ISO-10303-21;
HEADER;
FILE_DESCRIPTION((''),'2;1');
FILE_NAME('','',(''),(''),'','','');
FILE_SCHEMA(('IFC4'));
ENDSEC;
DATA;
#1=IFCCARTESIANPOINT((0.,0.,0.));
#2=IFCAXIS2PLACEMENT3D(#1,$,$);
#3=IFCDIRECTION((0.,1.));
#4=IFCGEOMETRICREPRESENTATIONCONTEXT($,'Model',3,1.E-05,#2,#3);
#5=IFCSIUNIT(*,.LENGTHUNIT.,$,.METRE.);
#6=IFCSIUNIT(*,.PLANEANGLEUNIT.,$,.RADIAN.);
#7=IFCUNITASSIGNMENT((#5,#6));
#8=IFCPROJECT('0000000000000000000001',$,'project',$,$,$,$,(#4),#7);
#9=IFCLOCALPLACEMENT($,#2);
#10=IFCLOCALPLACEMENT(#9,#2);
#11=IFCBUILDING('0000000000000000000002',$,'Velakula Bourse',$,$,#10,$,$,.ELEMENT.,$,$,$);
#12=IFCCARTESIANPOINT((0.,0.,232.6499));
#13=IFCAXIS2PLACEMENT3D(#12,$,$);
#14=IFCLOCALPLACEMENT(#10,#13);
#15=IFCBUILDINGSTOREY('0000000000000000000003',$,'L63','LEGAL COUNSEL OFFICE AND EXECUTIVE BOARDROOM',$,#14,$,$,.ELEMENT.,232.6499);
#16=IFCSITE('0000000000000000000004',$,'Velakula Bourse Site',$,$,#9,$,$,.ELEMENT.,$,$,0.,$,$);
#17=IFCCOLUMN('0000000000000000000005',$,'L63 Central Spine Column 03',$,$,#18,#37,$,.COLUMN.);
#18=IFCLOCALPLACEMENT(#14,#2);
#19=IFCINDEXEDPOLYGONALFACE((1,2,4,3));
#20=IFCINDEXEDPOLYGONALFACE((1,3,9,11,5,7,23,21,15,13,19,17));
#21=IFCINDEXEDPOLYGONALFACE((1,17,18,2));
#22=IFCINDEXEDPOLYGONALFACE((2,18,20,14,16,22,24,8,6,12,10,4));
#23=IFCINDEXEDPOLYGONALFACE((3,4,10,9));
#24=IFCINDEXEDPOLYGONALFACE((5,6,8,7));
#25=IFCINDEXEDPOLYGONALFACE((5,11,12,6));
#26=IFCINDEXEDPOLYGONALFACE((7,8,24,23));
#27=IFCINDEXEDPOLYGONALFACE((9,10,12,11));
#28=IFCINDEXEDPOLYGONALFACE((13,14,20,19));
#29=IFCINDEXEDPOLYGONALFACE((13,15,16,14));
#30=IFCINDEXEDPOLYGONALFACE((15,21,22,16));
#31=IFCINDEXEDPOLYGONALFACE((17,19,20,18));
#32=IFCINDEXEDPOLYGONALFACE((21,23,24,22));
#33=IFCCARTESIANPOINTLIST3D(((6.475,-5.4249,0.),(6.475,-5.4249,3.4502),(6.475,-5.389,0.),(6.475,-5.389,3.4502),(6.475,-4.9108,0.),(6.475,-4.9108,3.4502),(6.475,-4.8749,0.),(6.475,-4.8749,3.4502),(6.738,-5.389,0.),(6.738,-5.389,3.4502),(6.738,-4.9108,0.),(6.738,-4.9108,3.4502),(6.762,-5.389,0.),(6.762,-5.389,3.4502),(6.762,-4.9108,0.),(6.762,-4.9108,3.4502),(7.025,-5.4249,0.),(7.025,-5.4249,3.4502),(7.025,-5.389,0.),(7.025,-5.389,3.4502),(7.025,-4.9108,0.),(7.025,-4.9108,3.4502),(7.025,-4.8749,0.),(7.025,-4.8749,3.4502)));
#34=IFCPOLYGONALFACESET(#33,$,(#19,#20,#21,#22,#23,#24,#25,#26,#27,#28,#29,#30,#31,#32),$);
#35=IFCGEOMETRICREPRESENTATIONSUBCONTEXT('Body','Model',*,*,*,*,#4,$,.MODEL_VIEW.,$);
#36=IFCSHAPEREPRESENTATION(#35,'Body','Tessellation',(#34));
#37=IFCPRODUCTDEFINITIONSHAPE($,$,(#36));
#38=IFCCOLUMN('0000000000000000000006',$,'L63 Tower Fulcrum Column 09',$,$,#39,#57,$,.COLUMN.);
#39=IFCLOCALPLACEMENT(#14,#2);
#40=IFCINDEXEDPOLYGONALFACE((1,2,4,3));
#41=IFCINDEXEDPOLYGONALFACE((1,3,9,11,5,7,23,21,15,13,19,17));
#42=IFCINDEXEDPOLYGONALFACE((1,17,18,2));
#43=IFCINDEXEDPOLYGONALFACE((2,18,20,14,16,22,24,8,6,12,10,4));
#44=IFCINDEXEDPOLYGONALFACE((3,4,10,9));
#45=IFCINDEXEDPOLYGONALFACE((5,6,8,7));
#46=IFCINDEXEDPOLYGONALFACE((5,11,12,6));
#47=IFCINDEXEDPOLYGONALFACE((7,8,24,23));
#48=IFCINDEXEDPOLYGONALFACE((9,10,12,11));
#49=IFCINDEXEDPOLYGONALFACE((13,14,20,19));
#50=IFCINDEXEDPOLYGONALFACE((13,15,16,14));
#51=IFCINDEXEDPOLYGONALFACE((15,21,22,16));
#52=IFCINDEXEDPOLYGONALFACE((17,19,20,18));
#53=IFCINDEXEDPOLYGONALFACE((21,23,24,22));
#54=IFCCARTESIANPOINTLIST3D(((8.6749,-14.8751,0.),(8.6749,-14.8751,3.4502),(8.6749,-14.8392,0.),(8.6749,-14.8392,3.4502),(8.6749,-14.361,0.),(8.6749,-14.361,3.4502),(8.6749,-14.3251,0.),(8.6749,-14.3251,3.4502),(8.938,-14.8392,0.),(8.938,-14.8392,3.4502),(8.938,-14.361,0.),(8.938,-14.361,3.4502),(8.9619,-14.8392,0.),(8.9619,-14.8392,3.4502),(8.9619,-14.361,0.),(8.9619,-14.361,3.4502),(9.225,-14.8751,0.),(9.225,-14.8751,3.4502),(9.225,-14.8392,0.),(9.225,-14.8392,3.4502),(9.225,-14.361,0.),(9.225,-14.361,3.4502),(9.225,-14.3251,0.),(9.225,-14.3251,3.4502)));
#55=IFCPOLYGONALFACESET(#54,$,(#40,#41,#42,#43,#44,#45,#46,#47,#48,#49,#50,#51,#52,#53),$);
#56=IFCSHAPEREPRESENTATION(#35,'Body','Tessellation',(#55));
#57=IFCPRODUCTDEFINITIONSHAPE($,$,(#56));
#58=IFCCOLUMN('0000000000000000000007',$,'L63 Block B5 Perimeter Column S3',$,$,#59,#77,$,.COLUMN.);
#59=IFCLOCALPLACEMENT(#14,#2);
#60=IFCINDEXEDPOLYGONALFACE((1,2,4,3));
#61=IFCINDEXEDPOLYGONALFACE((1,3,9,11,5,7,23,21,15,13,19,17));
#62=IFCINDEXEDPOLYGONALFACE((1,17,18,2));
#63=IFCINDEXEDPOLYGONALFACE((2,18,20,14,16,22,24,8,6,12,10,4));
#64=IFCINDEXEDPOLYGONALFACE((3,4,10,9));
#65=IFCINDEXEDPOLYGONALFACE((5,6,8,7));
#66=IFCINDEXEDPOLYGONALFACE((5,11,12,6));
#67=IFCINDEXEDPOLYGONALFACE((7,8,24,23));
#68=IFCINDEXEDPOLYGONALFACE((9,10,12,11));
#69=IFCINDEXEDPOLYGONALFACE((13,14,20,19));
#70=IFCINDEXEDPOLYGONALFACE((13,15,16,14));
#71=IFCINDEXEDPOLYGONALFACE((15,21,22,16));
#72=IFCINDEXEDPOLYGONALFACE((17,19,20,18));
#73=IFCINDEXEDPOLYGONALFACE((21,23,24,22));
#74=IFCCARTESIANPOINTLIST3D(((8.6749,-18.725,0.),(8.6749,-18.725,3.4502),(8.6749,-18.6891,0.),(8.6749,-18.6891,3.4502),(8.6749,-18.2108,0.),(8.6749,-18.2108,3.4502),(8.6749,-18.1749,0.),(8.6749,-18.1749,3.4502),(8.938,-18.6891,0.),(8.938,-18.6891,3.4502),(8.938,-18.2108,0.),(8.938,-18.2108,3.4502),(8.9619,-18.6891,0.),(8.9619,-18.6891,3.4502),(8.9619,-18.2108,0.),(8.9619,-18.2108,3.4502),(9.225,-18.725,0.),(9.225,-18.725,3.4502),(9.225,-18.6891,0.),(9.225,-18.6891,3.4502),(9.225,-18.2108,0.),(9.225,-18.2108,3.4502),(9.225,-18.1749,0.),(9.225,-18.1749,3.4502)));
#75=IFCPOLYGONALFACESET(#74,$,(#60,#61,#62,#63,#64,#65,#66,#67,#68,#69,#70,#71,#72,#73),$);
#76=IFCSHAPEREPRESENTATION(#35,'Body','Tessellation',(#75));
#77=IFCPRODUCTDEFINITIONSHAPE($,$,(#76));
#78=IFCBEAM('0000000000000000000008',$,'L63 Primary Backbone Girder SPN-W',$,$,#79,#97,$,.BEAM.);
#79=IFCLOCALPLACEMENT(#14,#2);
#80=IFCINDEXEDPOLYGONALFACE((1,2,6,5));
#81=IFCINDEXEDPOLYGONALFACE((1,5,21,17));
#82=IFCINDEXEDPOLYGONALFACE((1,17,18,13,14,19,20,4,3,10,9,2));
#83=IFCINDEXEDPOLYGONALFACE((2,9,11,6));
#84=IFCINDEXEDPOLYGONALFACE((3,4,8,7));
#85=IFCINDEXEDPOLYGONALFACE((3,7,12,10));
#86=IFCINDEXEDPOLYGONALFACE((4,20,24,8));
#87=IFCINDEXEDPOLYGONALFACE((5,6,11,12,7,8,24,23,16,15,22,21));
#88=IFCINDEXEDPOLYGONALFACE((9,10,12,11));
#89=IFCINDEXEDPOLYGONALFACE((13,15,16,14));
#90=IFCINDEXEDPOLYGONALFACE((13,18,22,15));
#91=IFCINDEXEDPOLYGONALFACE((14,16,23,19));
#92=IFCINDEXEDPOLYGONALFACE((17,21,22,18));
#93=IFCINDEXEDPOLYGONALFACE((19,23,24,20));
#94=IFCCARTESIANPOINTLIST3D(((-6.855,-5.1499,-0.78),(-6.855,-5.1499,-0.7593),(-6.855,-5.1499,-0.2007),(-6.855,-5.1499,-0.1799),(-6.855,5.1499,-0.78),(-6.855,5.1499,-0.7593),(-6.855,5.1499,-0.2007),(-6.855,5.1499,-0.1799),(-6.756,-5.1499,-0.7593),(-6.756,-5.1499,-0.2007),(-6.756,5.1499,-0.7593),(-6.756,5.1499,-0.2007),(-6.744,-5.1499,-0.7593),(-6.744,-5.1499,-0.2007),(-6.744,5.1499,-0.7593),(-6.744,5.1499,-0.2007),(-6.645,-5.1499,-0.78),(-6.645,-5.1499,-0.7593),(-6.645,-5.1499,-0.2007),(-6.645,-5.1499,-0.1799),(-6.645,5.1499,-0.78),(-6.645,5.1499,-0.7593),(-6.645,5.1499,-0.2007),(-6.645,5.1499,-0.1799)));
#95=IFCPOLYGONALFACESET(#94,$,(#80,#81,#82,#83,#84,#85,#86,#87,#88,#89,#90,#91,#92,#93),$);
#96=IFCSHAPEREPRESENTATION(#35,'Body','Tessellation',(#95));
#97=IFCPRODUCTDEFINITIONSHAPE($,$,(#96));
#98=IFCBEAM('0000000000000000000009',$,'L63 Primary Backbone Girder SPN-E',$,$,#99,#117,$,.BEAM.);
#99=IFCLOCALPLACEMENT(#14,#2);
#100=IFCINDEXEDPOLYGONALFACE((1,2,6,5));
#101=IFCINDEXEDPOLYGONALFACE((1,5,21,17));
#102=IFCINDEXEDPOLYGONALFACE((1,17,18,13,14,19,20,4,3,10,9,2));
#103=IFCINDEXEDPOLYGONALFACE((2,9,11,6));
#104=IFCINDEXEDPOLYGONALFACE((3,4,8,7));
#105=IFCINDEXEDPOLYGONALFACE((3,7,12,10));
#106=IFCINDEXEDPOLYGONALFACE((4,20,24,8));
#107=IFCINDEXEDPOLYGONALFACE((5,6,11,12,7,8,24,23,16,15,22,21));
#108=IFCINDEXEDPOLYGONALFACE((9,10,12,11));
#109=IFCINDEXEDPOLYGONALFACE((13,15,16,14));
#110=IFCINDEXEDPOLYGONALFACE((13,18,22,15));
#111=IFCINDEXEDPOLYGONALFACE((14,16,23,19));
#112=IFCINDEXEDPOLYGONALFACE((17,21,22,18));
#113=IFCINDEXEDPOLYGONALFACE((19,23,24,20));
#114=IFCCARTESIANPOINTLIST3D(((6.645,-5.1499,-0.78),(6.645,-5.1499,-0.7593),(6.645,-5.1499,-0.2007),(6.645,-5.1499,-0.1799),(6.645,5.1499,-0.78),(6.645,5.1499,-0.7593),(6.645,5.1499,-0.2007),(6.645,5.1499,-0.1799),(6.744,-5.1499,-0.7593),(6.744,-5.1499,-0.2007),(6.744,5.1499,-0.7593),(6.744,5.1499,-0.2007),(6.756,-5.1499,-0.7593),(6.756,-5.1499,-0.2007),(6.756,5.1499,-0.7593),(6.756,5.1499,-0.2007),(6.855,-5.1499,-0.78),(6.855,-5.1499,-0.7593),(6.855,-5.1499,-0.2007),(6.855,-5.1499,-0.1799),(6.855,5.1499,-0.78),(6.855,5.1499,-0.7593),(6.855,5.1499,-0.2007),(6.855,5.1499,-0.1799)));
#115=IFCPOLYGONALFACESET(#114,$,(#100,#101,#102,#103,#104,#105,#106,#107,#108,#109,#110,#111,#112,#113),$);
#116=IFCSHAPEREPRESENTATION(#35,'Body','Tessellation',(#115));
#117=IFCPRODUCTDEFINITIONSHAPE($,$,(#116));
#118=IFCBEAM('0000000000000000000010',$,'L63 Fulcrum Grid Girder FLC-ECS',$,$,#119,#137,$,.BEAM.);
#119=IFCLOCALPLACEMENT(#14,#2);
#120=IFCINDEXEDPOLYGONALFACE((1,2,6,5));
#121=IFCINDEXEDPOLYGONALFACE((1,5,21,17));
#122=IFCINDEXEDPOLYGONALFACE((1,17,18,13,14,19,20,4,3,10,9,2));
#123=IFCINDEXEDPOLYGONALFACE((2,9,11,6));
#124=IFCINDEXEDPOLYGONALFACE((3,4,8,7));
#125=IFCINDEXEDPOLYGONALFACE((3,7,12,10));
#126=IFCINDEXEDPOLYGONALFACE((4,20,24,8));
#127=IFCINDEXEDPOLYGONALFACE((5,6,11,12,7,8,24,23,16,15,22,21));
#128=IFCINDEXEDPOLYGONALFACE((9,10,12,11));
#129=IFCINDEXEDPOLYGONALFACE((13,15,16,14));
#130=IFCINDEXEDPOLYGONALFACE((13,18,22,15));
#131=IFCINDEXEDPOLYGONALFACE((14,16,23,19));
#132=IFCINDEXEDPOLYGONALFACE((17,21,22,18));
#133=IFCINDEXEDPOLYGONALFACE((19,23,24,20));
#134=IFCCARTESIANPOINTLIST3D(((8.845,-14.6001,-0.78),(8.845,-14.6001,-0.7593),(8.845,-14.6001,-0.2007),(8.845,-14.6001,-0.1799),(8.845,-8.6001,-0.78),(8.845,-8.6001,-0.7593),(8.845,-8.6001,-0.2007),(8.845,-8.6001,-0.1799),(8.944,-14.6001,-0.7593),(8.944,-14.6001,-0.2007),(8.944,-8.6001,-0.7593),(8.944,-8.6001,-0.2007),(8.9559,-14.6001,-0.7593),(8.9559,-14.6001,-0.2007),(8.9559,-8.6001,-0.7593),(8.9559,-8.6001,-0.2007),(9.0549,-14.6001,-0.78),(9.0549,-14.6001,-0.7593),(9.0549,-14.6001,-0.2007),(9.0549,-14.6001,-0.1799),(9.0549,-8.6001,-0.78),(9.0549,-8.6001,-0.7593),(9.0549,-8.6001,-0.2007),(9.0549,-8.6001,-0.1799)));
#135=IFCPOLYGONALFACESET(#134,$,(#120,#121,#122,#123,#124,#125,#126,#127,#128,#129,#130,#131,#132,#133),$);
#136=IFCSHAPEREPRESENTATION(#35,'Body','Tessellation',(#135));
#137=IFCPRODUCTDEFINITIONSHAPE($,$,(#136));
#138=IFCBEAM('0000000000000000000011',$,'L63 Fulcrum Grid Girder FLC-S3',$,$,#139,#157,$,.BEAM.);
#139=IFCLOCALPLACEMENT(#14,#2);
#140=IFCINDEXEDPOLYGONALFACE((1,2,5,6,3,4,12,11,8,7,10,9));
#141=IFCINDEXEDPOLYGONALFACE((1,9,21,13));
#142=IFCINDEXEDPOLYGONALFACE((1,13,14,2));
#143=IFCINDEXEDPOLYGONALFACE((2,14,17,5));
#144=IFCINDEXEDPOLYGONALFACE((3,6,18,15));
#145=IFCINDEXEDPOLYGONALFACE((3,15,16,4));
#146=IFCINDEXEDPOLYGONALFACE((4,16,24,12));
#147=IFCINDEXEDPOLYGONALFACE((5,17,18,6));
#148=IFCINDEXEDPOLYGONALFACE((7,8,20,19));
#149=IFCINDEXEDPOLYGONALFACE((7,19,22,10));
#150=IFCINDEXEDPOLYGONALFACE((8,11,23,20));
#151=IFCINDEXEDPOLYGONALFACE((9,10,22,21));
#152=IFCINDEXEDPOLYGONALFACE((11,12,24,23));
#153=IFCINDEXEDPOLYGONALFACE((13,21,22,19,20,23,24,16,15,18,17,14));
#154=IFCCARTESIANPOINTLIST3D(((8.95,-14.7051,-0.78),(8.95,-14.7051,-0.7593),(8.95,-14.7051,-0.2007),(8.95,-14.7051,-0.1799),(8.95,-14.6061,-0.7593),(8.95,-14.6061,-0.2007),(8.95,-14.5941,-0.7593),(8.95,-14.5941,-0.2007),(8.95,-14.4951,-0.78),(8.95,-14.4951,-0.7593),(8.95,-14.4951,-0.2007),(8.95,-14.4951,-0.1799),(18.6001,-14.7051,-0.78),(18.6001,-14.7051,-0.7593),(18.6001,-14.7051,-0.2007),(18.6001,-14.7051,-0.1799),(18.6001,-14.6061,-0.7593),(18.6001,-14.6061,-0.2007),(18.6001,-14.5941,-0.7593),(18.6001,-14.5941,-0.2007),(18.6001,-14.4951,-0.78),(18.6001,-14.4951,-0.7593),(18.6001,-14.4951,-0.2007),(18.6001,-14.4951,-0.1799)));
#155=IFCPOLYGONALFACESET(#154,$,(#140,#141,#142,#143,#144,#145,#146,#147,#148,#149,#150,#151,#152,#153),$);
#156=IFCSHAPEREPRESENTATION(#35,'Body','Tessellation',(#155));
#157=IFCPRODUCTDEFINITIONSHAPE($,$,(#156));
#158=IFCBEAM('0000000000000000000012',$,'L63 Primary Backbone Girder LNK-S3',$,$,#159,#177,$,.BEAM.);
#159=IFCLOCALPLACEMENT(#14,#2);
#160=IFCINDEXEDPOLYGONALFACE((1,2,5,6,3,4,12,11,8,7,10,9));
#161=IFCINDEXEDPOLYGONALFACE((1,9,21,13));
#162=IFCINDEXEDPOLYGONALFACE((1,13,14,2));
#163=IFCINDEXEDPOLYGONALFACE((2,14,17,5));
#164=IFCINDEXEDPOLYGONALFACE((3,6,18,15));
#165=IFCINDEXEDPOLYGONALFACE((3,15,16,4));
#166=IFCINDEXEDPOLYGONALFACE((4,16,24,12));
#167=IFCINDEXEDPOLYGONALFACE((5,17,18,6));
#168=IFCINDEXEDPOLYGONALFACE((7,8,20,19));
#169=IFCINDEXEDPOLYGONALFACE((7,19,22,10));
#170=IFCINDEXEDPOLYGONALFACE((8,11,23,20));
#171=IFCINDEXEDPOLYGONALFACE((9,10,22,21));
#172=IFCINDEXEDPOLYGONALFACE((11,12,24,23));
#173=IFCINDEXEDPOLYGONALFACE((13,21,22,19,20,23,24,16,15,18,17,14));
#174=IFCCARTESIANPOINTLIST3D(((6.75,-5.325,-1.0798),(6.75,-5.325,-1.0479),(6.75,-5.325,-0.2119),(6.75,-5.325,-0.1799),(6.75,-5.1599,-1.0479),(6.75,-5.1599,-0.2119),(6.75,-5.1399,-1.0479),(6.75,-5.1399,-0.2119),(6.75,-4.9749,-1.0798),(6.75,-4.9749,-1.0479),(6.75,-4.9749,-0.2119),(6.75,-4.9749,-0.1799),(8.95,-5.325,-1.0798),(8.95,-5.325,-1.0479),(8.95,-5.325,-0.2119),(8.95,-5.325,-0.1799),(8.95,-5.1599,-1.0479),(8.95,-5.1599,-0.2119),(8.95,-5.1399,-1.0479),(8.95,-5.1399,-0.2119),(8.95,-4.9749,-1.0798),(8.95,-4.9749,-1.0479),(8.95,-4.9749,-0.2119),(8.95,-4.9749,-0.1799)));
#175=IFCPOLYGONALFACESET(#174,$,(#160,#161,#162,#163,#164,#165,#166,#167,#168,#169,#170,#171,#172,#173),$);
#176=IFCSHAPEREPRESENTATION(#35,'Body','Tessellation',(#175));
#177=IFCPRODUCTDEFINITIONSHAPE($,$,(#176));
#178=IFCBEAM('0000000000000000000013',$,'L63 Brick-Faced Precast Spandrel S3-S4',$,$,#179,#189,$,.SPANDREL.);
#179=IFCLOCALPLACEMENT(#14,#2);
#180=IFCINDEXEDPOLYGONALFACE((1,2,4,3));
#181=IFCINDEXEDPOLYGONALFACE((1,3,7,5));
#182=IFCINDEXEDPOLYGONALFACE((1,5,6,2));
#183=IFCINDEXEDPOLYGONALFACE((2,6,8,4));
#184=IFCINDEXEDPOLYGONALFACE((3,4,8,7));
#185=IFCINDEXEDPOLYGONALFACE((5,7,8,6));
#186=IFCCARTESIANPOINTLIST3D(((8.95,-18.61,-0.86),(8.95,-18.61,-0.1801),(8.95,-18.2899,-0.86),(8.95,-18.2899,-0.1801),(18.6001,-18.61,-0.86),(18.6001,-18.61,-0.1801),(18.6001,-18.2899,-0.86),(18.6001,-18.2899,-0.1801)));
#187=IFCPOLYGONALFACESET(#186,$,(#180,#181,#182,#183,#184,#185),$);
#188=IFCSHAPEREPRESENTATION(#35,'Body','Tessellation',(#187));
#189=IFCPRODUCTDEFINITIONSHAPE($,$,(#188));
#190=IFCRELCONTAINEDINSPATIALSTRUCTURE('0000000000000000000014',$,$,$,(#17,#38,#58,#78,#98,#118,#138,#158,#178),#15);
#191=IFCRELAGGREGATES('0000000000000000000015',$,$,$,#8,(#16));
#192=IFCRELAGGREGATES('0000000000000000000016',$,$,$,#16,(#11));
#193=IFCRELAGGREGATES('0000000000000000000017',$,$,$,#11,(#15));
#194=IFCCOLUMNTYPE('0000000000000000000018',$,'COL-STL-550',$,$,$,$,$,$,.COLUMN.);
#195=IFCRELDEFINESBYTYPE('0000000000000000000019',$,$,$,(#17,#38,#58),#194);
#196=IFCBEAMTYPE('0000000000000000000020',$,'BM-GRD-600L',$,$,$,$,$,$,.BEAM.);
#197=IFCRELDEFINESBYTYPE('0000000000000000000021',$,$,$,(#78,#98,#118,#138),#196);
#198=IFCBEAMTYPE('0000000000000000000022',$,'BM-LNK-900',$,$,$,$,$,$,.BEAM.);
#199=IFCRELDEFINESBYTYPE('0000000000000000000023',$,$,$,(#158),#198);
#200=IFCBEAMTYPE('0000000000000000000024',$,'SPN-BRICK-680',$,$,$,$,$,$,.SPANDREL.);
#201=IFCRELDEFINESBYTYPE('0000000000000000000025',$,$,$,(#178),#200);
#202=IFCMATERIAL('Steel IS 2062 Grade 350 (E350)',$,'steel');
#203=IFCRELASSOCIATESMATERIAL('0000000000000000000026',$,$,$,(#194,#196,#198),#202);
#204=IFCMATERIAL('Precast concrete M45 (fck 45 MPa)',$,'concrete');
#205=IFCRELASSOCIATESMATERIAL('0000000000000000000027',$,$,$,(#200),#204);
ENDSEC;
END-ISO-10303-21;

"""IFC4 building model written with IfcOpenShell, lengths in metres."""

from ifc_helpers import new_model, si_unit, direction, frame, origin, origin_2d, place, context, subcontext, project, spatial, rectangle, i_section, extrude, material, material_profile, profile_set, type_object, element, save


model = new_model("IFC4")

# Units and contexts
model_context = context("Model", 3, precision=1e-05, world=origin(), true_north=direction((0.0, 1.0)))
body_context = subcontext(model_context, "Body", "Model", "MODEL_VIEW")
ifc_project = project(units=[si_unit("LENGTHUNIT", "METRE"), si_unit("PLANEANGLEUNIT", "RADIAN")], contexts=[model_context])

# Site, building, storey
site_placement = place(None, origin())
site = spatial("IfcSite", under=ifc_project, at=site_placement, Name="Velakula Bourse Site", CompositionType="ELEMENT", RefElevation=0.0)
building_placement = place(site_placement, origin())
building = spatial("IfcBuilding", under=site, at=building_placement, Name="Velakula Bourse", CompositionType="ELEMENT")
storey_placement = place(building_placement, frame((0.0, 0.0, 232.6499)))
storey = spatial("IfcBuildingStorey", under=building, at=storey_placement, Name="L63", Description="LEGAL COUNSEL OFFICE AND EXECUTIVE BOARDROOM", CompositionType="ELEMENT", Elevation=232.6499)

# Columns
ifc_material_1 = material(Name="Steel IS 2062 Grade 350 (E350)", Category="steel")
ifc_material_profile_1 = material_profile(ifc_material_1, i_section(OverallWidth=0.55, OverallDepth=0.55, WebThickness=0.0239, FlangeThickness=0.0359, at=origin_2d()), Name="Steel IS 2062 Grade 350 (E350)")
ifc_profile_set_1 = profile_set([ifc_material_profile_1], Name="Steel IS 2062 Grade 350 (E350)")
column_type = type_object("IfcColumnType", Name="COL-STL-550", PredefinedType="COLUMN", material=ifc_profile_set_1)
for number, where, z_axis, x_axis, name in (
    (1, (6.75, -5.1499, 0.0), (0.0, 0.0, 1.0), (1.0, 0.0, 0.0), "L63 Central Spine Column 03"),
    (2, (8.95, -14.6001, 0.0), (0.0, 0.0, 1.0), (1.0, 0.0, 0.0), "L63 Tower Fulcrum Column 09"),
    (3, (8.95, -18.45, 0.0), (0.0, 0.0, 1.0), (1.0, 0.0, 0.0), "L63 Block B5 Perimeter Column S3"),
):
    element("IfcColumn", number, at=place(storey_placement, frame(where, z_axis=z_axis, x_axis=x_axis)), inside=storey, type_object=column_type, Name=name, PredefinedType="COLUMN", context=body_context, shape_type="SweptSolid", body=[
        extrude(i_section(OverallWidth=0.55, OverallDepth=0.55, WebThickness=0.0239, FlangeThickness=0.0359, at=origin_2d()), origin(), (0.0, 0.0, 1.0), 3.4502),
    ])

# Beams
ifc_material_profile_2 = material_profile(ifc_material_1, i_section(OverallWidth=0.21, OverallDepth=0.6001, WebThickness=0.012, FlangeThickness=0.0208, at=origin_2d()), Name="Steel IS 2062 Grade 350 (E350)")
ifc_profile_set_2 = profile_set([ifc_material_profile_2], Name="Steel IS 2062 Grade 350 (E350)")
beam_type_1 = type_object("IfcBeamType", Name="BM-GRD-600L", PredefinedType="BEAM", material=ifc_profile_set_2)
for number, where, z_axis, x_axis, name in (
    (4, (-6.75, -5.1499, -0.48), (0.0, 1.0, 0.0), (-1.0, 0.0, 0.0), "L63 Primary Backbone Girder SPN-W"),
    (5, (6.75, -5.1499, -0.48), (0.0, 1.0, 0.0), (-1.0, 0.0, 0.0), "L63 Primary Backbone Girder SPN-E"),
):
    element("IfcBeam", number, at=place(storey_placement, frame(where, z_axis=z_axis, x_axis=x_axis)), inside=storey, type_object=beam_type_1, Name=name, PredefinedType="BEAM", context=body_context, shape_type="SweptSolid", body=[
        extrude(i_section(OverallWidth=0.21, OverallDepth=0.6001, WebThickness=0.012, FlangeThickness=0.0208, at=origin_2d()), origin(), (0.0, 0.0, 1.0), 10.2998),
    ])
beam_1_placement = place(storey_placement, frame((8.95, -14.6001, -0.48), z_axis=(0.0, 1.0, 0.0), x_axis=(-1.0, 0.0, 0.0)))
element("IfcBeam", 6, at=beam_1_placement, inside=storey, type_object=beam_type_1, Name="L63 Fulcrum Grid Girder FLC-ECS", PredefinedType="BEAM", context=body_context, shape_type="SweptSolid", body=[
    extrude(i_section(OverallWidth=0.21, OverallDepth=0.6001, WebThickness=0.012, FlangeThickness=0.0208, at=origin_2d()), origin(), (0.0, 0.0, 1.0), 6.0),
])
beam_2_placement = place(storey_placement, frame((8.95, -14.6001, -0.48), z_axis=(1.0, 0.0, 0.0), x_axis=(0.0, 1.0, 0.0)))
element("IfcBeam", 7, at=beam_2_placement, inside=storey, type_object=beam_type_1, Name="L63 Fulcrum Grid Girder FLC-S3", PredefinedType="BEAM", context=body_context, shape_type="SweptSolid", body=[
    extrude(i_section(OverallWidth=0.21, OverallDepth=0.6001, WebThickness=0.012, FlangeThickness=0.0208, at=origin_2d()), origin(), (0.0, 0.0, 1.0), 9.6501),
])
ifc_material_profile_3 = material_profile(ifc_material_1, i_section(OverallWidth=0.3501, OverallDepth=0.8999, WebThickness=0.02, FlangeThickness=0.032, at=origin_2d()), Name="Steel IS 2062 Grade 350 (E350)")
ifc_profile_set_3 = profile_set([ifc_material_profile_3], Name="Steel IS 2062 Grade 350 (E350)")
beam_type_2 = type_object("IfcBeamType", Name="BM-LNK-900", PredefinedType="BEAM", material=ifc_profile_set_3)
beam_3_placement = place(storey_placement, frame((6.75, -5.1499, -0.6299), z_axis=(1.0, 0.0, 0.0), x_axis=(0.0, 1.0, 0.0)))
element("IfcBeam", 8, at=beam_3_placement, inside=storey, type_object=beam_type_2, Name="L63 Primary Backbone Girder LNK-S3", PredefinedType="BEAM", context=body_context, shape_type="SweptSolid", body=[
    extrude(i_section(OverallWidth=0.3501, OverallDepth=0.8999, WebThickness=0.02, FlangeThickness=0.032, at=origin_2d()), origin(), (0.0, 0.0, 1.0), 2.2),
])
ifc_material_2 = material(Name="Precast concrete M45 (fck 45 MPa)", Category="concrete")
ifc_material_profile_4 = material_profile(ifc_material_2, rectangle(XDim=0.3201, YDim=0.6799, at=origin_2d()), Name="Precast concrete M45 (fck 45 MPa)")
ifc_profile_set_4 = profile_set([ifc_material_profile_4], Name="Precast concrete M45 (fck 45 MPa)")
beam_type_3 = type_object("IfcBeamType", Name="SPN-BRICK-680", PredefinedType="SPANDREL", material=ifc_profile_set_4)
beam_4_placement = place(storey_placement, frame((8.95, -18.45, -0.52), z_axis=(1.0, 0.0, 0.0), x_axis=(0.0, 1.0, 0.0)))
element("IfcBeam", 9, at=beam_4_placement, inside=storey, type_object=beam_type_3, Name="L63 Brick-Faced Precast Spandrel S3-S4", PredefinedType="SPANDREL", context=body_context, shape_type="SweptSolid", body=[
    extrude(rectangle(XDim=0.3201, YDim=0.6799, at=origin_2d()), origin(), (0.0, 0.0, 1.0), 9.6501),
])

save(model, "model.ifc")
